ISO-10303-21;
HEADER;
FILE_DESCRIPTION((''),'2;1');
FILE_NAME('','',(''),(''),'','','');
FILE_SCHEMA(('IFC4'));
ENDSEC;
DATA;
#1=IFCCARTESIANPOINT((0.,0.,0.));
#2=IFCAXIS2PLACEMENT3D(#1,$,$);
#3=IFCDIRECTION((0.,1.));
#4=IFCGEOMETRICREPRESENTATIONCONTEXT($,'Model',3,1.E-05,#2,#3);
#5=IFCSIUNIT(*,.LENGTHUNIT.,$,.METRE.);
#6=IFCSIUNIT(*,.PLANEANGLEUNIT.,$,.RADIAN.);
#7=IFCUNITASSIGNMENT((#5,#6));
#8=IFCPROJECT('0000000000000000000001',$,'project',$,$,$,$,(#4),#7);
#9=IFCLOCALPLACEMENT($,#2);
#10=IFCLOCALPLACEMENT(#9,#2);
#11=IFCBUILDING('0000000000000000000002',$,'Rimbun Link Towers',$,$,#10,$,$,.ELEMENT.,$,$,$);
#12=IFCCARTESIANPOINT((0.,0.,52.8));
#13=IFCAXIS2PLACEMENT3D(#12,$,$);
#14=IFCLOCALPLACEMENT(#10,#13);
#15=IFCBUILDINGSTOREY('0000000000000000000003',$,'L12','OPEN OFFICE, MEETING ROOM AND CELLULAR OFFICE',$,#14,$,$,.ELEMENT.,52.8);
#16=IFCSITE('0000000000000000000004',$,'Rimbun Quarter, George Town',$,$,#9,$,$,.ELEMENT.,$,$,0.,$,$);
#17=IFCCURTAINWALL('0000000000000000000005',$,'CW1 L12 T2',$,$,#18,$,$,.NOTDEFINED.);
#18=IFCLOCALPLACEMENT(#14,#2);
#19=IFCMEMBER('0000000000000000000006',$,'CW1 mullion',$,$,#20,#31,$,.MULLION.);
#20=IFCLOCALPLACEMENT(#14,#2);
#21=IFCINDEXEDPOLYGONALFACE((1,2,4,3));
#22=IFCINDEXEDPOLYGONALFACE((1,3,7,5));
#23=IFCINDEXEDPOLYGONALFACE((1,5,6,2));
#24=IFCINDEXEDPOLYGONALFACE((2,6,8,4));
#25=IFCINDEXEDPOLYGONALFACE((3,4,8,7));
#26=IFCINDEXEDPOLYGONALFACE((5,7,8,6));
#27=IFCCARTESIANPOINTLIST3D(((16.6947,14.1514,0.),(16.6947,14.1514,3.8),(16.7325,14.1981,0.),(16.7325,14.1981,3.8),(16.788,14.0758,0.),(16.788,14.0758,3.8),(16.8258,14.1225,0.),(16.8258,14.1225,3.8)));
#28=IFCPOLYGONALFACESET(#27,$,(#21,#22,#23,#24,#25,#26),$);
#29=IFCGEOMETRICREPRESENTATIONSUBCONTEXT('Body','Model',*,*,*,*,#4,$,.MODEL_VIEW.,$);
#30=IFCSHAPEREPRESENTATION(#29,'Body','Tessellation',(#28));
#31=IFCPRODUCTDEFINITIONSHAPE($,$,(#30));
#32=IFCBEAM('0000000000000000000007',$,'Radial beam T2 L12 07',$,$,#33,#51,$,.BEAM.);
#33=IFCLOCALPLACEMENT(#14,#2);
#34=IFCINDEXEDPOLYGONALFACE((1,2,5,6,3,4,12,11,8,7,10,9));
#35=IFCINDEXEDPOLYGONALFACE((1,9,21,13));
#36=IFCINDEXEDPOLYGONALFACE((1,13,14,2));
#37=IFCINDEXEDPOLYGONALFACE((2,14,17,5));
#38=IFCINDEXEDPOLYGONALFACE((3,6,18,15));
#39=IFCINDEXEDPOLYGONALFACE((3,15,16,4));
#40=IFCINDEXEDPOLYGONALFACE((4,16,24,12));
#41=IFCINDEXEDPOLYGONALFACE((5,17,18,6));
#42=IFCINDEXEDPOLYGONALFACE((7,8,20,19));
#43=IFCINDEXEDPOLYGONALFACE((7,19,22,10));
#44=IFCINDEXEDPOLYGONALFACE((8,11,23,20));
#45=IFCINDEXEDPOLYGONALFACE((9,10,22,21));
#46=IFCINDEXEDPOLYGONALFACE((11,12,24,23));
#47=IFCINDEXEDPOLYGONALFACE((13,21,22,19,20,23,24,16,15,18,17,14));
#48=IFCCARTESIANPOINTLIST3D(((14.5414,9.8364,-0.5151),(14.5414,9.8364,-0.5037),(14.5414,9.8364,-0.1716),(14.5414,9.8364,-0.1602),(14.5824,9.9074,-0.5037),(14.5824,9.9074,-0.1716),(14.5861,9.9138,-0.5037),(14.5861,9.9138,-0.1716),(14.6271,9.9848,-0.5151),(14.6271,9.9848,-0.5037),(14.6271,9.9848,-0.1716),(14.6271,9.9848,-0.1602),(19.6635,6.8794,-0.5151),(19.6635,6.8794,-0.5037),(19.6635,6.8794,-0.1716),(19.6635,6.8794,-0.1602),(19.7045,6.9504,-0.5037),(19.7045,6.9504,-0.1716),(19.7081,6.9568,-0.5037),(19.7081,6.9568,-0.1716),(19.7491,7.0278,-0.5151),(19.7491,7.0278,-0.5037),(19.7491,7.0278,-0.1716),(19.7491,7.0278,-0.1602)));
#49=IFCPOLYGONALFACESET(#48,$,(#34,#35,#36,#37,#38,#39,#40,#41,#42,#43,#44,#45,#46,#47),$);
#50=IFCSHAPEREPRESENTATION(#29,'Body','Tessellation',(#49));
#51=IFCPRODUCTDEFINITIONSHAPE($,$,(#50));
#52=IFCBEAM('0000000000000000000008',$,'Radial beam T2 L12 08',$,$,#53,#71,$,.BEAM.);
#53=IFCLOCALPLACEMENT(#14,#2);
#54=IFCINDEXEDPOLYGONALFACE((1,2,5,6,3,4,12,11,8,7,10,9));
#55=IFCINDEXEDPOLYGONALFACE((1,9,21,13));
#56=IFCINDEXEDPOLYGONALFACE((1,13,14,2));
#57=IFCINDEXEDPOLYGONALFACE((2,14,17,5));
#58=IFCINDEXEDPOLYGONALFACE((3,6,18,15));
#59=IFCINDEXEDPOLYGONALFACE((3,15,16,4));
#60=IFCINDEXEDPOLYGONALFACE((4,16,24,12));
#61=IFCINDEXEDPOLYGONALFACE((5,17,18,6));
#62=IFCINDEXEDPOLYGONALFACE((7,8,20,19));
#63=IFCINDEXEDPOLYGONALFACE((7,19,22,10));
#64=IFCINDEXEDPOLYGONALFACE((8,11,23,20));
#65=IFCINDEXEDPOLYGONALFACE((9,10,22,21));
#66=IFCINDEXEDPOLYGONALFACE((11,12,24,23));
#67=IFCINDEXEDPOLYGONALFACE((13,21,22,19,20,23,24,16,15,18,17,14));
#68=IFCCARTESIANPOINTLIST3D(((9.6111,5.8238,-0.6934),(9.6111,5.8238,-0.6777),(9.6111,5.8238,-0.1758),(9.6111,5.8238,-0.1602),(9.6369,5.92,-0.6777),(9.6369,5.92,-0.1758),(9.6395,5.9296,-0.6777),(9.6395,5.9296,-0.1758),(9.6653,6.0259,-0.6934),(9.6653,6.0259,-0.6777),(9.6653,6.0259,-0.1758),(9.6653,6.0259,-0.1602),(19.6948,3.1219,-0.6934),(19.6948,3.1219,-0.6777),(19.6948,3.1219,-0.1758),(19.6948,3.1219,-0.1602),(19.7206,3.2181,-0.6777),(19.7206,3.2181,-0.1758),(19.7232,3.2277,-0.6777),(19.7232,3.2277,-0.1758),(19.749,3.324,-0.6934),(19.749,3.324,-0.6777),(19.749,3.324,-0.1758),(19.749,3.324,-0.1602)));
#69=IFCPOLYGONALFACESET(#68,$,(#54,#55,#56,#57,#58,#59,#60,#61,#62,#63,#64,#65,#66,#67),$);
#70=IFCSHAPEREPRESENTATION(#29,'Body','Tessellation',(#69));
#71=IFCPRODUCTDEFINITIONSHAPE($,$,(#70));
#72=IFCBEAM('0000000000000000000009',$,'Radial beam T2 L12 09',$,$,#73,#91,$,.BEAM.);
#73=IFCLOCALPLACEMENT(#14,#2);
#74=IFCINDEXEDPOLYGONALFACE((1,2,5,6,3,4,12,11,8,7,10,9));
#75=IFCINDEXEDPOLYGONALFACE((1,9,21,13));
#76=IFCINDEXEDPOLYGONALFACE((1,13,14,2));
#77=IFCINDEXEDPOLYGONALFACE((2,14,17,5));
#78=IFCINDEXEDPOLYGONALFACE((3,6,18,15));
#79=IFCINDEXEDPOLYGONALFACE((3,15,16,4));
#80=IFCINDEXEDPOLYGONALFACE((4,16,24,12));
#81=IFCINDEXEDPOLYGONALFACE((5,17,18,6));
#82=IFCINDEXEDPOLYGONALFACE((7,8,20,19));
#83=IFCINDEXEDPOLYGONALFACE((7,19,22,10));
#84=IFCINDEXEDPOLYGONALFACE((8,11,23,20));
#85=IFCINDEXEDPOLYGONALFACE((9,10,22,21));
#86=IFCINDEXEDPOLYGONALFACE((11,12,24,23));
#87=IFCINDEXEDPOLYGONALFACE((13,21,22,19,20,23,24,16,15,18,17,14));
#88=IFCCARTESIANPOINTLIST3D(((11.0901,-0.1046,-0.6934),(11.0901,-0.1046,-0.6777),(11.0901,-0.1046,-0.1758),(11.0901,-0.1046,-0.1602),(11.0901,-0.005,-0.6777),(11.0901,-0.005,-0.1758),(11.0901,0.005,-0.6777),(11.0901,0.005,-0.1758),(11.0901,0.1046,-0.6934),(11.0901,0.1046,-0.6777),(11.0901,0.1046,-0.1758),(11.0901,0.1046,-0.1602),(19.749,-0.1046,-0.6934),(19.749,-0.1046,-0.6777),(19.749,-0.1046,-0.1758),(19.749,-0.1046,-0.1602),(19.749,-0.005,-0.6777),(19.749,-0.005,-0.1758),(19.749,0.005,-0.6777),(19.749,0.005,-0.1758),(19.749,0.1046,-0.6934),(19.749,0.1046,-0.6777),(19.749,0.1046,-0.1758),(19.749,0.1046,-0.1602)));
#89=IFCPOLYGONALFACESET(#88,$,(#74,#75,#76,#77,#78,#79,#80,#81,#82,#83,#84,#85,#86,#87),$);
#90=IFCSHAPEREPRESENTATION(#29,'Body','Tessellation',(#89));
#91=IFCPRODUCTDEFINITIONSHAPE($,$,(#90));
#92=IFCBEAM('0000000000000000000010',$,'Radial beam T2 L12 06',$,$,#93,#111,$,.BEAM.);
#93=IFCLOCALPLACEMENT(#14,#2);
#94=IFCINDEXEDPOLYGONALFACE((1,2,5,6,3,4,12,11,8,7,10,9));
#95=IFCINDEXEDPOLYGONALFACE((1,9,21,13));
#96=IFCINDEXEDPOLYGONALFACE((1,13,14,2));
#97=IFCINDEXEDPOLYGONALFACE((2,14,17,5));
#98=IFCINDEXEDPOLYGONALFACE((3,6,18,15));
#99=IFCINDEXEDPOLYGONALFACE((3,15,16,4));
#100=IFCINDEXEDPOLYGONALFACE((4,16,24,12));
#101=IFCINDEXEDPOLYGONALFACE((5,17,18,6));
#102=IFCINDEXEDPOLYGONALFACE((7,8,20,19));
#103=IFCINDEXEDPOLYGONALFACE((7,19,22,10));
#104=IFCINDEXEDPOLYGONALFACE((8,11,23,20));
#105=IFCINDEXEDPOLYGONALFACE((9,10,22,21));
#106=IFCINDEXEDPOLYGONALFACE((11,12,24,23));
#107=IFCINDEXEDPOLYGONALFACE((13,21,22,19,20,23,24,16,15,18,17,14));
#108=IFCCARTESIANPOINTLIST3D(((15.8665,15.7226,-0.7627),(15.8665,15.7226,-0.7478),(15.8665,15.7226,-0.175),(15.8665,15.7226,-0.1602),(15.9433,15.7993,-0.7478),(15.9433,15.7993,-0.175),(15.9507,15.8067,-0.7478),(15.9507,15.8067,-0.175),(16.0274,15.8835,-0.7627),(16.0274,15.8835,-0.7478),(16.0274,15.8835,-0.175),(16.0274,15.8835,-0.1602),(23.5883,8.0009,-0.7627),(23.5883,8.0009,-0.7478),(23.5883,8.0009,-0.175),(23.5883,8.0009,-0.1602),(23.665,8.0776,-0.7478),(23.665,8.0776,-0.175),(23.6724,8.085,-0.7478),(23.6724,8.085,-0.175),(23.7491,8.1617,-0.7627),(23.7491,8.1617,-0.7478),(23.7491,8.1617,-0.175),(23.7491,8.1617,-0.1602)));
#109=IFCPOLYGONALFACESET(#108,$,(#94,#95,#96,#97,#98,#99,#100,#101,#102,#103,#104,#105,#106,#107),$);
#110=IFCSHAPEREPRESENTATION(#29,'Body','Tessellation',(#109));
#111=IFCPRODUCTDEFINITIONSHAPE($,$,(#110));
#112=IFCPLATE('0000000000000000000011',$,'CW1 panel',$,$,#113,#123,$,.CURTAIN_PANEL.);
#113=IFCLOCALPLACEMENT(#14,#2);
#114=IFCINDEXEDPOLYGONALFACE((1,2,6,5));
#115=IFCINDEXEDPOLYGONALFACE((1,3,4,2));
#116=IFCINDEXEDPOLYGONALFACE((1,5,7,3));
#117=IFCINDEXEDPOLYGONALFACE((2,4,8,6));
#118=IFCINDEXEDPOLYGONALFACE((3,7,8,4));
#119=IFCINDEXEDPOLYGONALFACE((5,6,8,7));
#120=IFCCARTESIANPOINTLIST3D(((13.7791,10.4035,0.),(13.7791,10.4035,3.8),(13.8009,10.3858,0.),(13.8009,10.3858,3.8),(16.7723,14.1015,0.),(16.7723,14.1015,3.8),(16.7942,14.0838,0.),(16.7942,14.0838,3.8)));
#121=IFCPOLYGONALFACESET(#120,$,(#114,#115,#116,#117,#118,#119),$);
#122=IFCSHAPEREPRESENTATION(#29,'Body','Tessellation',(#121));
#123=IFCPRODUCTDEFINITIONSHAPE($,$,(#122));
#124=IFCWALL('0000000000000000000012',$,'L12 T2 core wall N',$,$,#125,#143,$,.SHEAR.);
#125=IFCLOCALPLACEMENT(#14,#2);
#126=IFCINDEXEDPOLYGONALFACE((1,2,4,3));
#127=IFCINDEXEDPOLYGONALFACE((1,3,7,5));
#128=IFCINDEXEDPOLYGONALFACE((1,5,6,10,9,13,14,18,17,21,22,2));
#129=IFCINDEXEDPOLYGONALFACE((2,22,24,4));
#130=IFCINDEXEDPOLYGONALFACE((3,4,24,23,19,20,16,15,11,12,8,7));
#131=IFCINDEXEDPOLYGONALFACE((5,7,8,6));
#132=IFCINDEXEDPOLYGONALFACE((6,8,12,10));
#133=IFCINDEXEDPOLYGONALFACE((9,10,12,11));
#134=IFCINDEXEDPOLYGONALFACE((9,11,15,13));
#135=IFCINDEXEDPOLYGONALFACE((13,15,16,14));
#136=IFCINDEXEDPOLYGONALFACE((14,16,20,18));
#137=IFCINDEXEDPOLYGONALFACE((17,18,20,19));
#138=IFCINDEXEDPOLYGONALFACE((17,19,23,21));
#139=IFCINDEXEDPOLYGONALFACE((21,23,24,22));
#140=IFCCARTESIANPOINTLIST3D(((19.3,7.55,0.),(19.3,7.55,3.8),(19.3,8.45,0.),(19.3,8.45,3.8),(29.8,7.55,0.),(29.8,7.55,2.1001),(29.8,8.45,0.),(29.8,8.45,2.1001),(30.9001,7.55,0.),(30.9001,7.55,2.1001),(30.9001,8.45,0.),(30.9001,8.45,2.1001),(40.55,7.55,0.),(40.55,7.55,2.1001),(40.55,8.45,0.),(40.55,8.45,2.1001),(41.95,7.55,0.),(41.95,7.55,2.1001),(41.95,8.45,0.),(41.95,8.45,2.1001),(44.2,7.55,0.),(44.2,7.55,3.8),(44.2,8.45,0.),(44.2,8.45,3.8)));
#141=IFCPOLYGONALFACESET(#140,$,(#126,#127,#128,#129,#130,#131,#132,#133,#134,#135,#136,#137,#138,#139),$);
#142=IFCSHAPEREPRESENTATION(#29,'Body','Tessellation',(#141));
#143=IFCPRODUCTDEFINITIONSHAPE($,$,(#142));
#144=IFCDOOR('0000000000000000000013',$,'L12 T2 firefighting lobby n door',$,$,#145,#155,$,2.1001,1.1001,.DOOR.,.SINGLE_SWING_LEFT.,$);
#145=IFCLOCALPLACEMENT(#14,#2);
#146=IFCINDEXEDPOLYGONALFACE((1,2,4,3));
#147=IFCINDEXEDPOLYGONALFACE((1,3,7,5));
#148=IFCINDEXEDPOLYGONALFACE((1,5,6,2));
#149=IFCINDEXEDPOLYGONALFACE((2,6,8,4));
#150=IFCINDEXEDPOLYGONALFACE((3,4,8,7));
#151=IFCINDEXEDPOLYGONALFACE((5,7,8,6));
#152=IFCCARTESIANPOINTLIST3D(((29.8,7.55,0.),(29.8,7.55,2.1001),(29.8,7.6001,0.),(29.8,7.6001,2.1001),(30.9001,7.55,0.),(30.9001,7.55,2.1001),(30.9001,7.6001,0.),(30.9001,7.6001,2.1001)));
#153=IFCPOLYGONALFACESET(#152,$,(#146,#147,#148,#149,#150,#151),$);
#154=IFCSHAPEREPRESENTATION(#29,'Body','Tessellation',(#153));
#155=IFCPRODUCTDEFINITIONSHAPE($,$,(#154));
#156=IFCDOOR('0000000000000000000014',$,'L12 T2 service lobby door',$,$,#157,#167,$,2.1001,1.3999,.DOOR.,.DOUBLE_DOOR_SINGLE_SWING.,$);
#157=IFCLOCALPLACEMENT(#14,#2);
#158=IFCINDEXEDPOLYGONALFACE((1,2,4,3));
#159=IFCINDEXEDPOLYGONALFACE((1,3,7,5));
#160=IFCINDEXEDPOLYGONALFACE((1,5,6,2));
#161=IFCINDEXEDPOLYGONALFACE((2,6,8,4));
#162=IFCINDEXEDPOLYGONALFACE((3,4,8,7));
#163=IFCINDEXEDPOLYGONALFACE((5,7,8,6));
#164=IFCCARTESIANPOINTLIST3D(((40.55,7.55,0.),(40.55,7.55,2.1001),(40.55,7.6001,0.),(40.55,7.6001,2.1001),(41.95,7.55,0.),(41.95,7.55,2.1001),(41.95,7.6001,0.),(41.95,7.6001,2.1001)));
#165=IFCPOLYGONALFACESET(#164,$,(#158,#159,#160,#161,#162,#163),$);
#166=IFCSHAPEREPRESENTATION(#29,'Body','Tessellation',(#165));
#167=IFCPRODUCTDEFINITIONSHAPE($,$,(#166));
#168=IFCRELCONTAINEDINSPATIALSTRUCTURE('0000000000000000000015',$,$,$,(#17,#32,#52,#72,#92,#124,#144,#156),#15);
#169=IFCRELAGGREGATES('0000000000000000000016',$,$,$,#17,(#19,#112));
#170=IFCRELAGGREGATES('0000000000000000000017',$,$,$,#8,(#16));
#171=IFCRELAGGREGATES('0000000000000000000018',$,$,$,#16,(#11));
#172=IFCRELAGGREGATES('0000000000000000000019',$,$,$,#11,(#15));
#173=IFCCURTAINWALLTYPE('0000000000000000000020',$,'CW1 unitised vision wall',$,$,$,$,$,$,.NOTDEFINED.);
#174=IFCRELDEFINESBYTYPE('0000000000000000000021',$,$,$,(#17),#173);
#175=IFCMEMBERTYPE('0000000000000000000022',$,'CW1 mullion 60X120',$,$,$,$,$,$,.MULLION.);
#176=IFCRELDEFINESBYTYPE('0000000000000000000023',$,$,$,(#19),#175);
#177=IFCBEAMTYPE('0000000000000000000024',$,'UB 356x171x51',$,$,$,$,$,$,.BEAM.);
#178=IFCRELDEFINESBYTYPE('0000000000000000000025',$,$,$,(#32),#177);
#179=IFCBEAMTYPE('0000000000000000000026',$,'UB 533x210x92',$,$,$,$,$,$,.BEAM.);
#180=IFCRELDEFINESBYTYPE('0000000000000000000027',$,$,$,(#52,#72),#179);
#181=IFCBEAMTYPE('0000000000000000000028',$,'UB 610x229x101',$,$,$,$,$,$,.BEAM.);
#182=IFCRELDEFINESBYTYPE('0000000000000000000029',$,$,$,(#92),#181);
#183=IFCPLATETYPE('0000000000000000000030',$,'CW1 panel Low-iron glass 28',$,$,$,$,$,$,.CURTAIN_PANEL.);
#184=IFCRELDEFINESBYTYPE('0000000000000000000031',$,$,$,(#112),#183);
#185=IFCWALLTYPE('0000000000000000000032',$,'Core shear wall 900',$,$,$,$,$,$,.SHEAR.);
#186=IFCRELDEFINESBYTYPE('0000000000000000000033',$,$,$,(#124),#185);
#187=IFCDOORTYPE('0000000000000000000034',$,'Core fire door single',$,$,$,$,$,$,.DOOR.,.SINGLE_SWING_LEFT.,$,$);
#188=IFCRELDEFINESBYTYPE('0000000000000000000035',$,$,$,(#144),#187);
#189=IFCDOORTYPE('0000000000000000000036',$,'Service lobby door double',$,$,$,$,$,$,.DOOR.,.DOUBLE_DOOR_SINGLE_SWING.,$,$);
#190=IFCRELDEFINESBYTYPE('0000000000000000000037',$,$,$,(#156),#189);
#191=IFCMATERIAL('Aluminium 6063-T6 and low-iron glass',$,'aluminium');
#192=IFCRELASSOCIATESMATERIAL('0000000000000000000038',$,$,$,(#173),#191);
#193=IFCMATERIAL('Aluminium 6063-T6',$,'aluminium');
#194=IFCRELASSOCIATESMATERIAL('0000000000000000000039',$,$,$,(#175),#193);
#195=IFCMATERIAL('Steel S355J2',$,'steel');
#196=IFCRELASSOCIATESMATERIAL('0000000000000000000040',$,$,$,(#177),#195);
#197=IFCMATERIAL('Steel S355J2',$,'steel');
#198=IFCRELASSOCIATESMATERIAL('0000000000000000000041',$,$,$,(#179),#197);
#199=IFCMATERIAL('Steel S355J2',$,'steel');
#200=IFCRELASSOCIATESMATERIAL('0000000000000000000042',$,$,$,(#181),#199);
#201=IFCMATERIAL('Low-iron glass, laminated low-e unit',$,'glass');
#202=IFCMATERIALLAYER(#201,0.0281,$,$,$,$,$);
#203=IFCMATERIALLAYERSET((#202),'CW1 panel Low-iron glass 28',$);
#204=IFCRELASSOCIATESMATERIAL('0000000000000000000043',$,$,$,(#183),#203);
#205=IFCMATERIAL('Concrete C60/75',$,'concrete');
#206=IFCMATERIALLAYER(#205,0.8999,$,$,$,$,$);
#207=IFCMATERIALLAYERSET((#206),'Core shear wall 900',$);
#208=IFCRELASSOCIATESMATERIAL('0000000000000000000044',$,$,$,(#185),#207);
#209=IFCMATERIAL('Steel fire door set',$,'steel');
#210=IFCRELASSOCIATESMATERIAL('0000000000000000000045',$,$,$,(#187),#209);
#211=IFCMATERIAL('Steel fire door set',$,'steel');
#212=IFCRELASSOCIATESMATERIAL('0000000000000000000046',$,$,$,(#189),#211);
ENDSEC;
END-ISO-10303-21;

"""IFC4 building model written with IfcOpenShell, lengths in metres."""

from ifc_helpers import new_model, si_unit, direction, frame, frame_2d, origin, origin_2d, place, context, subcontext, project, spatial, rectangle, i_section, extrude, material, layer, layer_set, material_profile, profile_set, type_object, element, fill, aggregate, save


model = new_model("IFC4")

# Units and contexts
model_context = context("Model", 3, precision=1e-05, world=origin(), true_north=direction((0.0, 1.0)))
body_context = subcontext(model_context, "Body", "Model", "MODEL_VIEW")
ifc_project = project(units=[si_unit("LENGTHUNIT", "METRE"), si_unit("PLANEANGLEUNIT", "RADIAN")], contexts=[model_context])

# Site, building, storey
site_placement = place(None, origin())
site = spatial("IfcSite", under=ifc_project, at=site_placement, Name="Rimbun Quarter, George Town", CompositionType="ELEMENT", RefElevation=0.0)
building_placement = place(site_placement, origin())
building = spatial("IfcBuilding", under=site, at=building_placement, Name="Rimbun Link Towers", CompositionType="ELEMENT")
storey_placement = place(building_placement, frame((0.0, 0.0, 52.8)))
storey = spatial("IfcBuildingStorey", under=building, at=storey_placement, Name="L12", Description="OPEN OFFICE, MEETING ROOM AND CELLULAR OFFICE", CompositionType="ELEMENT", Elevation=52.8)

# Curtain wall, member
ifc_material_1 = material(Name="Aluminium 6063-T6 and low-iron glass", Category="aluminium")
curtain_wall_type = type_object("IfcCurtainWallType", Name="CW1 unitised vision wall", PredefinedType="NOTDEFINED", material=ifc_material_1)
curtain_wall_placement = place(storey_placement, origin())
curtain_wall = element("IfcCurtainWall", 1, at=curtain_wall_placement, inside=storey, type_object=curtain_wall_type, Name="CW1 L12 T2", PredefinedType="NOTDEFINED")
ifc_material_2 = material(Name="Aluminium 6063-T6", Category="aluminium")
ifc_material_profile_1 = material_profile(ifc_material_2, rectangle(XDim=0.1201, YDim=0.0601, at=origin_2d()), Name="MULLION 60X120")
ifc_profile_set_1 = profile_set([ifc_material_profile_1], Name="Aluminium 6063-T6")
member_type = type_object("IfcMemberType", Name="CW1 mullion 60X120", PredefinedType="MULLION", material=ifc_profile_set_1)
member_placement = place(storey_placement, frame((16.7603, 14.137, 0.0), z_axis=(0.0, 0.0, 1.0), x_axis=(-0.777277, 0.629158, 0.0)))
member = element("IfcMember", 2, at=member_placement, type_object=member_type, Name="CW1 mullion", PredefinedType="MULLION", context=body_context, shape_type="SweptSolid", body=[
    extrude(rectangle(XDim=0.1201, YDim=0.0601, at=origin_2d()), origin(), (0.0, 0.0, 1.0), 3.8),
])

# Beams
ifc_material_3 = material(Name="Steel S355J2", Category="steel")
ifc_material_profile_2 = material_profile(ifc_material_3, i_section(OverallWidth=0.1714, OverallDepth=0.355, WebThickness=0.0073, FlangeThickness=0.0115, at=origin_2d()), Name="UB 356x171x51")
ifc_profile_set_2 = profile_set([ifc_material_profile_2], Name="Steel S355J2")
beam_type_1 = type_object("IfcBeamType", Name="UB 356x171x51", PredefinedType="BEAM", material=ifc_profile_set_2)
beam_1_placement = place(storey_placement, frame((19.7063, 6.9536, -0.3376), z_axis=(-0.86604, 0.499975, 0.0), x_axis=(-0.499975, -0.86604, 0.0)))
element("IfcBeam", 3, at=beam_1_placement, inside=storey, type_object=beam_type_1, Name="Radial beam T2 L12 07", PredefinedType="BEAM", context=body_context, shape_type="SweptSolid", body=[
    extrude(i_section(OverallWidth=0.1714, OverallDepth=0.355, WebThickness=0.0073, FlangeThickness=0.0115, at=origin_2d()), origin(), (0.0, 0.0, 1.0), 5.9143),
])
ifc_material_4 = material(Name="Steel S355J2", Category="steel")
ifc_material_profile_3 = material_profile(ifc_material_4, i_section(OverallWidth=0.2092, OverallDepth=0.5332, WebThickness=0.01, FlangeThickness=0.0156, at=origin_2d()), Name="UB 533x210x92")
ifc_profile_set_3 = profile_set([ifc_material_profile_3], Name="Steel S355J2")
beam_type_2 = type_object("IfcBeamType", Name="UB 533x210x92", PredefinedType="BEAM", material=ifc_profile_set_3)
beam_2_placement = place(storey_placement, frame((19.7219, 3.2229, -0.4268), z_axis=(-0.965926, 0.258817, 0.0), x_axis=(-0.258817, -0.965926, 0.0)))
element("IfcBeam", 4, at=beam_2_placement, inside=storey, type_object=beam_type_2, Name="Radial beam T2 L12 08", PredefinedType="BEAM", context=body_context, shape_type="SweptSolid", body=[
    extrude(i_section(OverallWidth=0.2092, OverallDepth=0.5332, WebThickness=0.01, FlangeThickness=0.0156, at=origin_2d()), origin(), (0.0, 0.0, 1.0), 10.4395),
])
beam_3_placement = place(storey_placement, frame((19.749, 0.0, -0.4268), z_axis=(-1.0, 0.0, 0.0), x_axis=(0.0, -1.0, 0.0)))
element("IfcBeam", 5, at=beam_3_placement, inside=storey, type_object=beam_type_2, Name="Radial beam T2 L12 09", PredefinedType="BEAM", context=body_context, shape_type="SweptSolid", body=[
    extrude(i_section(OverallWidth=0.2092, OverallDepth=0.5332, WebThickness=0.01, FlangeThickness=0.0156, at=origin_2d()), origin(), (0.0, 0.0, 1.0), 8.6589),
])
ifc_material_5 = material(Name="Steel S355J2", Category="steel")
ifc_material_profile_4 = material_profile(ifc_material_5, i_section(OverallWidth=0.2275, OverallDepth=0.6025, WebThickness=0.0105, FlangeThickness=0.0149, at=origin_2d()), Name="UB 610x229x101")
ifc_profile_set_4 = profile_set([ifc_material_profile_4], Name="Steel S355J2")
beam_type_3 = type_object("IfcBeamType", Name="UB 610x229x101", PredefinedType="BEAM", material=ifc_profile_set_4)
beam_4_placement = place(storey_placement, frame((23.6687, 8.0813, -0.4614), z_axis=(-0.707107, 0.707107, 0.0), x_axis=(-0.707107, -0.707107, 0.0)))
element("IfcBeam", 6, at=beam_4_placement, inside=storey, type_object=beam_type_3, Name="Radial beam T2 L12 06", PredefinedType="BEAM", context=body_context, shape_type="SweptSolid", body=[
    extrude(i_section(OverallWidth=0.2275, OverallDepth=0.6025, WebThickness=0.0105, FlangeThickness=0.0149, at=origin_2d()), origin(), (0.0, 0.0, 1.0), 10.9202),
])

# Plate
ifc_material_6 = material(Name="Low-iron glass, laminated low-e unit", Category="glass")
ifc_layer_1 = layer(ifc_material_6, 0.0281)
ifc_layer_set_1 = layer_set([ifc_layer_1], Name="CW1 panel Low-iron glass 28")
plate_type = type_object("IfcPlateType", Name="CW1 panel Low-iron glass 28", PredefinedType="CURTAIN_PANEL", material=ifc_layer_set_1)
plate_placement = place(storey_placement, frame((15.2866, 12.2437, 0.0), z_axis=(0.0, 0.0, 1.0), x_axis=(0.629158, 0.777277, 0.0)))
plate = element("IfcPlate", 7, at=plate_placement, type_object=plate_type, Name="CW1 panel", PredefinedType="CURTAIN_PANEL", context=body_context, shape_type="SweptSolid", body=[
    extrude(rectangle(XDim=4.7576, YDim=0.0281, at=origin_2d()), origin(), (0.0, 0.0, 1.0), 3.8),
])
aggregate(curtain_wall, [member, plate])

# Wall, openings, doors
ifc_material_7 = material(Name="Concrete C60/75", Category="concrete")
ifc_layer_2 = layer(ifc_material_7, 0.8999)
ifc_layer_set_2 = layer_set([ifc_layer_2], Name="Core shear wall 900")
wall_type_1 = type_object("IfcWallType", Name="Core shear wall 900", PredefinedType="SHEAR", material=ifc_layer_set_2)
wall_1_placement = place(storey_placement, frame((19.3, 8.0, 0.0), z_axis=(0.0, 0.0, 1.0), x_axis=(1.0, 0.0, 0.0)))
wall_1 = element("IfcWall", 8, at=wall_1_placement, inside=storey, type_object=wall_type_1, Name="L12 T2 core wall N", PredefinedType="SHEAR", context=body_context, shape_type="SweptSolid", body=[
    extrude(rectangle(XDim=24.8999, YDim=0.8999, at=frame_2d((12.45, 0.0))), origin(), (0.0, 0.0, 1.0), 3.8),
])
opening_1_placement = place(wall_1_placement, frame((10.5, 0.0, 0.0)))
opening_1 = element("IfcOpeningElement", 9, at=opening_1_placement, cuts=wall_1, PredefinedType="OPENING", context=body_context, shape_type="SweptSolid", body=[
    extrude(rectangle(XDim=1.1001, YDim=2.1001, at=frame_2d((0.55, 1.05))), frame((0.0, 0.46, 0.0), z_axis=(0.0, -1.0, 0.0), x_axis=(1.0, 0.0, 0.0)), (0.0, 0.0, 1.0), 0.9199),
])
opening_2_placement = place(wall_1_placement, frame((21.25, 0.0, 0.0)))
opening_2 = element("IfcOpeningElement", 10, at=opening_2_placement, cuts=wall_1, PredefinedType="OPENING", context=body_context, shape_type="SweptSolid", body=[
    extrude(rectangle(XDim=1.3999, YDim=2.1001, at=frame_2d((0.7, 1.05))), frame((0.0, 0.46, 0.0), z_axis=(0.0, -1.0, 0.0), x_axis=(1.0, 0.0, 0.0)), (0.0, 0.0, 1.0), 0.9199),
])
ifc_material_8 = material(Name="Steel fire door set", Category="steel")
door_type_1 = type_object("IfcDoorType", Name="Core fire door single", OperationType="SINGLE_SWING_LEFT", PredefinedType="DOOR", material=ifc_material_8)
door_1_placement = place(opening_1_placement, origin())
door_1 = element("IfcDoor", 11, at=door_1_placement, inside=storey, type_object=door_type_1, Name="L12 T2 firefighting lobby n door", OperationType="SINGLE_SWING_LEFT", OverallHeight=2.1001, OverallWidth=1.1001, PredefinedType="DOOR", context=body_context, shape_type="SweptSolid", body=[
    extrude(rectangle(XDim=1.1001, YDim=2.1001, at=frame_2d((0.55, 1.05))), frame((0.0, -0.3999, 0.0), z_axis=(0.0, -1.0, 0.0), x_axis=(1.0, 0.0, 0.0)), (0.0, 0.0, 1.0), 0.05),
])
fill(opening_1, door_1)
ifc_material_9 = material(Name="Steel fire door set", Category="steel")
door_type_2 = type_object("IfcDoorType", Name="Service lobby door double", OperationType="DOUBLE_DOOR_SINGLE_SWING", PredefinedType="DOOR", material=ifc_material_9)
door_2_placement = place(opening_2_placement, origin())
door_2 = element("IfcDoor", 12, at=door_2_placement, inside=storey, type_object=door_type_2, Name="L12 T2 service lobby door", OperationType="DOUBLE_DOOR_SINGLE_SWING", OverallHeight=2.1001, OverallWidth=1.3999, PredefinedType="DOOR", context=body_context, shape_type="SweptSolid", body=[
    extrude(rectangle(XDim=1.3999, YDim=2.1001, at=frame_2d((0.7, 1.05))), frame((0.0, -0.3999, 0.0), z_axis=(0.0, -1.0, 0.0), x_axis=(1.0, 0.0, 0.0)), (0.0, 0.0, 1.0), 0.05),
])
fill(opening_2, door_2)

save(model, "model.ifc")
